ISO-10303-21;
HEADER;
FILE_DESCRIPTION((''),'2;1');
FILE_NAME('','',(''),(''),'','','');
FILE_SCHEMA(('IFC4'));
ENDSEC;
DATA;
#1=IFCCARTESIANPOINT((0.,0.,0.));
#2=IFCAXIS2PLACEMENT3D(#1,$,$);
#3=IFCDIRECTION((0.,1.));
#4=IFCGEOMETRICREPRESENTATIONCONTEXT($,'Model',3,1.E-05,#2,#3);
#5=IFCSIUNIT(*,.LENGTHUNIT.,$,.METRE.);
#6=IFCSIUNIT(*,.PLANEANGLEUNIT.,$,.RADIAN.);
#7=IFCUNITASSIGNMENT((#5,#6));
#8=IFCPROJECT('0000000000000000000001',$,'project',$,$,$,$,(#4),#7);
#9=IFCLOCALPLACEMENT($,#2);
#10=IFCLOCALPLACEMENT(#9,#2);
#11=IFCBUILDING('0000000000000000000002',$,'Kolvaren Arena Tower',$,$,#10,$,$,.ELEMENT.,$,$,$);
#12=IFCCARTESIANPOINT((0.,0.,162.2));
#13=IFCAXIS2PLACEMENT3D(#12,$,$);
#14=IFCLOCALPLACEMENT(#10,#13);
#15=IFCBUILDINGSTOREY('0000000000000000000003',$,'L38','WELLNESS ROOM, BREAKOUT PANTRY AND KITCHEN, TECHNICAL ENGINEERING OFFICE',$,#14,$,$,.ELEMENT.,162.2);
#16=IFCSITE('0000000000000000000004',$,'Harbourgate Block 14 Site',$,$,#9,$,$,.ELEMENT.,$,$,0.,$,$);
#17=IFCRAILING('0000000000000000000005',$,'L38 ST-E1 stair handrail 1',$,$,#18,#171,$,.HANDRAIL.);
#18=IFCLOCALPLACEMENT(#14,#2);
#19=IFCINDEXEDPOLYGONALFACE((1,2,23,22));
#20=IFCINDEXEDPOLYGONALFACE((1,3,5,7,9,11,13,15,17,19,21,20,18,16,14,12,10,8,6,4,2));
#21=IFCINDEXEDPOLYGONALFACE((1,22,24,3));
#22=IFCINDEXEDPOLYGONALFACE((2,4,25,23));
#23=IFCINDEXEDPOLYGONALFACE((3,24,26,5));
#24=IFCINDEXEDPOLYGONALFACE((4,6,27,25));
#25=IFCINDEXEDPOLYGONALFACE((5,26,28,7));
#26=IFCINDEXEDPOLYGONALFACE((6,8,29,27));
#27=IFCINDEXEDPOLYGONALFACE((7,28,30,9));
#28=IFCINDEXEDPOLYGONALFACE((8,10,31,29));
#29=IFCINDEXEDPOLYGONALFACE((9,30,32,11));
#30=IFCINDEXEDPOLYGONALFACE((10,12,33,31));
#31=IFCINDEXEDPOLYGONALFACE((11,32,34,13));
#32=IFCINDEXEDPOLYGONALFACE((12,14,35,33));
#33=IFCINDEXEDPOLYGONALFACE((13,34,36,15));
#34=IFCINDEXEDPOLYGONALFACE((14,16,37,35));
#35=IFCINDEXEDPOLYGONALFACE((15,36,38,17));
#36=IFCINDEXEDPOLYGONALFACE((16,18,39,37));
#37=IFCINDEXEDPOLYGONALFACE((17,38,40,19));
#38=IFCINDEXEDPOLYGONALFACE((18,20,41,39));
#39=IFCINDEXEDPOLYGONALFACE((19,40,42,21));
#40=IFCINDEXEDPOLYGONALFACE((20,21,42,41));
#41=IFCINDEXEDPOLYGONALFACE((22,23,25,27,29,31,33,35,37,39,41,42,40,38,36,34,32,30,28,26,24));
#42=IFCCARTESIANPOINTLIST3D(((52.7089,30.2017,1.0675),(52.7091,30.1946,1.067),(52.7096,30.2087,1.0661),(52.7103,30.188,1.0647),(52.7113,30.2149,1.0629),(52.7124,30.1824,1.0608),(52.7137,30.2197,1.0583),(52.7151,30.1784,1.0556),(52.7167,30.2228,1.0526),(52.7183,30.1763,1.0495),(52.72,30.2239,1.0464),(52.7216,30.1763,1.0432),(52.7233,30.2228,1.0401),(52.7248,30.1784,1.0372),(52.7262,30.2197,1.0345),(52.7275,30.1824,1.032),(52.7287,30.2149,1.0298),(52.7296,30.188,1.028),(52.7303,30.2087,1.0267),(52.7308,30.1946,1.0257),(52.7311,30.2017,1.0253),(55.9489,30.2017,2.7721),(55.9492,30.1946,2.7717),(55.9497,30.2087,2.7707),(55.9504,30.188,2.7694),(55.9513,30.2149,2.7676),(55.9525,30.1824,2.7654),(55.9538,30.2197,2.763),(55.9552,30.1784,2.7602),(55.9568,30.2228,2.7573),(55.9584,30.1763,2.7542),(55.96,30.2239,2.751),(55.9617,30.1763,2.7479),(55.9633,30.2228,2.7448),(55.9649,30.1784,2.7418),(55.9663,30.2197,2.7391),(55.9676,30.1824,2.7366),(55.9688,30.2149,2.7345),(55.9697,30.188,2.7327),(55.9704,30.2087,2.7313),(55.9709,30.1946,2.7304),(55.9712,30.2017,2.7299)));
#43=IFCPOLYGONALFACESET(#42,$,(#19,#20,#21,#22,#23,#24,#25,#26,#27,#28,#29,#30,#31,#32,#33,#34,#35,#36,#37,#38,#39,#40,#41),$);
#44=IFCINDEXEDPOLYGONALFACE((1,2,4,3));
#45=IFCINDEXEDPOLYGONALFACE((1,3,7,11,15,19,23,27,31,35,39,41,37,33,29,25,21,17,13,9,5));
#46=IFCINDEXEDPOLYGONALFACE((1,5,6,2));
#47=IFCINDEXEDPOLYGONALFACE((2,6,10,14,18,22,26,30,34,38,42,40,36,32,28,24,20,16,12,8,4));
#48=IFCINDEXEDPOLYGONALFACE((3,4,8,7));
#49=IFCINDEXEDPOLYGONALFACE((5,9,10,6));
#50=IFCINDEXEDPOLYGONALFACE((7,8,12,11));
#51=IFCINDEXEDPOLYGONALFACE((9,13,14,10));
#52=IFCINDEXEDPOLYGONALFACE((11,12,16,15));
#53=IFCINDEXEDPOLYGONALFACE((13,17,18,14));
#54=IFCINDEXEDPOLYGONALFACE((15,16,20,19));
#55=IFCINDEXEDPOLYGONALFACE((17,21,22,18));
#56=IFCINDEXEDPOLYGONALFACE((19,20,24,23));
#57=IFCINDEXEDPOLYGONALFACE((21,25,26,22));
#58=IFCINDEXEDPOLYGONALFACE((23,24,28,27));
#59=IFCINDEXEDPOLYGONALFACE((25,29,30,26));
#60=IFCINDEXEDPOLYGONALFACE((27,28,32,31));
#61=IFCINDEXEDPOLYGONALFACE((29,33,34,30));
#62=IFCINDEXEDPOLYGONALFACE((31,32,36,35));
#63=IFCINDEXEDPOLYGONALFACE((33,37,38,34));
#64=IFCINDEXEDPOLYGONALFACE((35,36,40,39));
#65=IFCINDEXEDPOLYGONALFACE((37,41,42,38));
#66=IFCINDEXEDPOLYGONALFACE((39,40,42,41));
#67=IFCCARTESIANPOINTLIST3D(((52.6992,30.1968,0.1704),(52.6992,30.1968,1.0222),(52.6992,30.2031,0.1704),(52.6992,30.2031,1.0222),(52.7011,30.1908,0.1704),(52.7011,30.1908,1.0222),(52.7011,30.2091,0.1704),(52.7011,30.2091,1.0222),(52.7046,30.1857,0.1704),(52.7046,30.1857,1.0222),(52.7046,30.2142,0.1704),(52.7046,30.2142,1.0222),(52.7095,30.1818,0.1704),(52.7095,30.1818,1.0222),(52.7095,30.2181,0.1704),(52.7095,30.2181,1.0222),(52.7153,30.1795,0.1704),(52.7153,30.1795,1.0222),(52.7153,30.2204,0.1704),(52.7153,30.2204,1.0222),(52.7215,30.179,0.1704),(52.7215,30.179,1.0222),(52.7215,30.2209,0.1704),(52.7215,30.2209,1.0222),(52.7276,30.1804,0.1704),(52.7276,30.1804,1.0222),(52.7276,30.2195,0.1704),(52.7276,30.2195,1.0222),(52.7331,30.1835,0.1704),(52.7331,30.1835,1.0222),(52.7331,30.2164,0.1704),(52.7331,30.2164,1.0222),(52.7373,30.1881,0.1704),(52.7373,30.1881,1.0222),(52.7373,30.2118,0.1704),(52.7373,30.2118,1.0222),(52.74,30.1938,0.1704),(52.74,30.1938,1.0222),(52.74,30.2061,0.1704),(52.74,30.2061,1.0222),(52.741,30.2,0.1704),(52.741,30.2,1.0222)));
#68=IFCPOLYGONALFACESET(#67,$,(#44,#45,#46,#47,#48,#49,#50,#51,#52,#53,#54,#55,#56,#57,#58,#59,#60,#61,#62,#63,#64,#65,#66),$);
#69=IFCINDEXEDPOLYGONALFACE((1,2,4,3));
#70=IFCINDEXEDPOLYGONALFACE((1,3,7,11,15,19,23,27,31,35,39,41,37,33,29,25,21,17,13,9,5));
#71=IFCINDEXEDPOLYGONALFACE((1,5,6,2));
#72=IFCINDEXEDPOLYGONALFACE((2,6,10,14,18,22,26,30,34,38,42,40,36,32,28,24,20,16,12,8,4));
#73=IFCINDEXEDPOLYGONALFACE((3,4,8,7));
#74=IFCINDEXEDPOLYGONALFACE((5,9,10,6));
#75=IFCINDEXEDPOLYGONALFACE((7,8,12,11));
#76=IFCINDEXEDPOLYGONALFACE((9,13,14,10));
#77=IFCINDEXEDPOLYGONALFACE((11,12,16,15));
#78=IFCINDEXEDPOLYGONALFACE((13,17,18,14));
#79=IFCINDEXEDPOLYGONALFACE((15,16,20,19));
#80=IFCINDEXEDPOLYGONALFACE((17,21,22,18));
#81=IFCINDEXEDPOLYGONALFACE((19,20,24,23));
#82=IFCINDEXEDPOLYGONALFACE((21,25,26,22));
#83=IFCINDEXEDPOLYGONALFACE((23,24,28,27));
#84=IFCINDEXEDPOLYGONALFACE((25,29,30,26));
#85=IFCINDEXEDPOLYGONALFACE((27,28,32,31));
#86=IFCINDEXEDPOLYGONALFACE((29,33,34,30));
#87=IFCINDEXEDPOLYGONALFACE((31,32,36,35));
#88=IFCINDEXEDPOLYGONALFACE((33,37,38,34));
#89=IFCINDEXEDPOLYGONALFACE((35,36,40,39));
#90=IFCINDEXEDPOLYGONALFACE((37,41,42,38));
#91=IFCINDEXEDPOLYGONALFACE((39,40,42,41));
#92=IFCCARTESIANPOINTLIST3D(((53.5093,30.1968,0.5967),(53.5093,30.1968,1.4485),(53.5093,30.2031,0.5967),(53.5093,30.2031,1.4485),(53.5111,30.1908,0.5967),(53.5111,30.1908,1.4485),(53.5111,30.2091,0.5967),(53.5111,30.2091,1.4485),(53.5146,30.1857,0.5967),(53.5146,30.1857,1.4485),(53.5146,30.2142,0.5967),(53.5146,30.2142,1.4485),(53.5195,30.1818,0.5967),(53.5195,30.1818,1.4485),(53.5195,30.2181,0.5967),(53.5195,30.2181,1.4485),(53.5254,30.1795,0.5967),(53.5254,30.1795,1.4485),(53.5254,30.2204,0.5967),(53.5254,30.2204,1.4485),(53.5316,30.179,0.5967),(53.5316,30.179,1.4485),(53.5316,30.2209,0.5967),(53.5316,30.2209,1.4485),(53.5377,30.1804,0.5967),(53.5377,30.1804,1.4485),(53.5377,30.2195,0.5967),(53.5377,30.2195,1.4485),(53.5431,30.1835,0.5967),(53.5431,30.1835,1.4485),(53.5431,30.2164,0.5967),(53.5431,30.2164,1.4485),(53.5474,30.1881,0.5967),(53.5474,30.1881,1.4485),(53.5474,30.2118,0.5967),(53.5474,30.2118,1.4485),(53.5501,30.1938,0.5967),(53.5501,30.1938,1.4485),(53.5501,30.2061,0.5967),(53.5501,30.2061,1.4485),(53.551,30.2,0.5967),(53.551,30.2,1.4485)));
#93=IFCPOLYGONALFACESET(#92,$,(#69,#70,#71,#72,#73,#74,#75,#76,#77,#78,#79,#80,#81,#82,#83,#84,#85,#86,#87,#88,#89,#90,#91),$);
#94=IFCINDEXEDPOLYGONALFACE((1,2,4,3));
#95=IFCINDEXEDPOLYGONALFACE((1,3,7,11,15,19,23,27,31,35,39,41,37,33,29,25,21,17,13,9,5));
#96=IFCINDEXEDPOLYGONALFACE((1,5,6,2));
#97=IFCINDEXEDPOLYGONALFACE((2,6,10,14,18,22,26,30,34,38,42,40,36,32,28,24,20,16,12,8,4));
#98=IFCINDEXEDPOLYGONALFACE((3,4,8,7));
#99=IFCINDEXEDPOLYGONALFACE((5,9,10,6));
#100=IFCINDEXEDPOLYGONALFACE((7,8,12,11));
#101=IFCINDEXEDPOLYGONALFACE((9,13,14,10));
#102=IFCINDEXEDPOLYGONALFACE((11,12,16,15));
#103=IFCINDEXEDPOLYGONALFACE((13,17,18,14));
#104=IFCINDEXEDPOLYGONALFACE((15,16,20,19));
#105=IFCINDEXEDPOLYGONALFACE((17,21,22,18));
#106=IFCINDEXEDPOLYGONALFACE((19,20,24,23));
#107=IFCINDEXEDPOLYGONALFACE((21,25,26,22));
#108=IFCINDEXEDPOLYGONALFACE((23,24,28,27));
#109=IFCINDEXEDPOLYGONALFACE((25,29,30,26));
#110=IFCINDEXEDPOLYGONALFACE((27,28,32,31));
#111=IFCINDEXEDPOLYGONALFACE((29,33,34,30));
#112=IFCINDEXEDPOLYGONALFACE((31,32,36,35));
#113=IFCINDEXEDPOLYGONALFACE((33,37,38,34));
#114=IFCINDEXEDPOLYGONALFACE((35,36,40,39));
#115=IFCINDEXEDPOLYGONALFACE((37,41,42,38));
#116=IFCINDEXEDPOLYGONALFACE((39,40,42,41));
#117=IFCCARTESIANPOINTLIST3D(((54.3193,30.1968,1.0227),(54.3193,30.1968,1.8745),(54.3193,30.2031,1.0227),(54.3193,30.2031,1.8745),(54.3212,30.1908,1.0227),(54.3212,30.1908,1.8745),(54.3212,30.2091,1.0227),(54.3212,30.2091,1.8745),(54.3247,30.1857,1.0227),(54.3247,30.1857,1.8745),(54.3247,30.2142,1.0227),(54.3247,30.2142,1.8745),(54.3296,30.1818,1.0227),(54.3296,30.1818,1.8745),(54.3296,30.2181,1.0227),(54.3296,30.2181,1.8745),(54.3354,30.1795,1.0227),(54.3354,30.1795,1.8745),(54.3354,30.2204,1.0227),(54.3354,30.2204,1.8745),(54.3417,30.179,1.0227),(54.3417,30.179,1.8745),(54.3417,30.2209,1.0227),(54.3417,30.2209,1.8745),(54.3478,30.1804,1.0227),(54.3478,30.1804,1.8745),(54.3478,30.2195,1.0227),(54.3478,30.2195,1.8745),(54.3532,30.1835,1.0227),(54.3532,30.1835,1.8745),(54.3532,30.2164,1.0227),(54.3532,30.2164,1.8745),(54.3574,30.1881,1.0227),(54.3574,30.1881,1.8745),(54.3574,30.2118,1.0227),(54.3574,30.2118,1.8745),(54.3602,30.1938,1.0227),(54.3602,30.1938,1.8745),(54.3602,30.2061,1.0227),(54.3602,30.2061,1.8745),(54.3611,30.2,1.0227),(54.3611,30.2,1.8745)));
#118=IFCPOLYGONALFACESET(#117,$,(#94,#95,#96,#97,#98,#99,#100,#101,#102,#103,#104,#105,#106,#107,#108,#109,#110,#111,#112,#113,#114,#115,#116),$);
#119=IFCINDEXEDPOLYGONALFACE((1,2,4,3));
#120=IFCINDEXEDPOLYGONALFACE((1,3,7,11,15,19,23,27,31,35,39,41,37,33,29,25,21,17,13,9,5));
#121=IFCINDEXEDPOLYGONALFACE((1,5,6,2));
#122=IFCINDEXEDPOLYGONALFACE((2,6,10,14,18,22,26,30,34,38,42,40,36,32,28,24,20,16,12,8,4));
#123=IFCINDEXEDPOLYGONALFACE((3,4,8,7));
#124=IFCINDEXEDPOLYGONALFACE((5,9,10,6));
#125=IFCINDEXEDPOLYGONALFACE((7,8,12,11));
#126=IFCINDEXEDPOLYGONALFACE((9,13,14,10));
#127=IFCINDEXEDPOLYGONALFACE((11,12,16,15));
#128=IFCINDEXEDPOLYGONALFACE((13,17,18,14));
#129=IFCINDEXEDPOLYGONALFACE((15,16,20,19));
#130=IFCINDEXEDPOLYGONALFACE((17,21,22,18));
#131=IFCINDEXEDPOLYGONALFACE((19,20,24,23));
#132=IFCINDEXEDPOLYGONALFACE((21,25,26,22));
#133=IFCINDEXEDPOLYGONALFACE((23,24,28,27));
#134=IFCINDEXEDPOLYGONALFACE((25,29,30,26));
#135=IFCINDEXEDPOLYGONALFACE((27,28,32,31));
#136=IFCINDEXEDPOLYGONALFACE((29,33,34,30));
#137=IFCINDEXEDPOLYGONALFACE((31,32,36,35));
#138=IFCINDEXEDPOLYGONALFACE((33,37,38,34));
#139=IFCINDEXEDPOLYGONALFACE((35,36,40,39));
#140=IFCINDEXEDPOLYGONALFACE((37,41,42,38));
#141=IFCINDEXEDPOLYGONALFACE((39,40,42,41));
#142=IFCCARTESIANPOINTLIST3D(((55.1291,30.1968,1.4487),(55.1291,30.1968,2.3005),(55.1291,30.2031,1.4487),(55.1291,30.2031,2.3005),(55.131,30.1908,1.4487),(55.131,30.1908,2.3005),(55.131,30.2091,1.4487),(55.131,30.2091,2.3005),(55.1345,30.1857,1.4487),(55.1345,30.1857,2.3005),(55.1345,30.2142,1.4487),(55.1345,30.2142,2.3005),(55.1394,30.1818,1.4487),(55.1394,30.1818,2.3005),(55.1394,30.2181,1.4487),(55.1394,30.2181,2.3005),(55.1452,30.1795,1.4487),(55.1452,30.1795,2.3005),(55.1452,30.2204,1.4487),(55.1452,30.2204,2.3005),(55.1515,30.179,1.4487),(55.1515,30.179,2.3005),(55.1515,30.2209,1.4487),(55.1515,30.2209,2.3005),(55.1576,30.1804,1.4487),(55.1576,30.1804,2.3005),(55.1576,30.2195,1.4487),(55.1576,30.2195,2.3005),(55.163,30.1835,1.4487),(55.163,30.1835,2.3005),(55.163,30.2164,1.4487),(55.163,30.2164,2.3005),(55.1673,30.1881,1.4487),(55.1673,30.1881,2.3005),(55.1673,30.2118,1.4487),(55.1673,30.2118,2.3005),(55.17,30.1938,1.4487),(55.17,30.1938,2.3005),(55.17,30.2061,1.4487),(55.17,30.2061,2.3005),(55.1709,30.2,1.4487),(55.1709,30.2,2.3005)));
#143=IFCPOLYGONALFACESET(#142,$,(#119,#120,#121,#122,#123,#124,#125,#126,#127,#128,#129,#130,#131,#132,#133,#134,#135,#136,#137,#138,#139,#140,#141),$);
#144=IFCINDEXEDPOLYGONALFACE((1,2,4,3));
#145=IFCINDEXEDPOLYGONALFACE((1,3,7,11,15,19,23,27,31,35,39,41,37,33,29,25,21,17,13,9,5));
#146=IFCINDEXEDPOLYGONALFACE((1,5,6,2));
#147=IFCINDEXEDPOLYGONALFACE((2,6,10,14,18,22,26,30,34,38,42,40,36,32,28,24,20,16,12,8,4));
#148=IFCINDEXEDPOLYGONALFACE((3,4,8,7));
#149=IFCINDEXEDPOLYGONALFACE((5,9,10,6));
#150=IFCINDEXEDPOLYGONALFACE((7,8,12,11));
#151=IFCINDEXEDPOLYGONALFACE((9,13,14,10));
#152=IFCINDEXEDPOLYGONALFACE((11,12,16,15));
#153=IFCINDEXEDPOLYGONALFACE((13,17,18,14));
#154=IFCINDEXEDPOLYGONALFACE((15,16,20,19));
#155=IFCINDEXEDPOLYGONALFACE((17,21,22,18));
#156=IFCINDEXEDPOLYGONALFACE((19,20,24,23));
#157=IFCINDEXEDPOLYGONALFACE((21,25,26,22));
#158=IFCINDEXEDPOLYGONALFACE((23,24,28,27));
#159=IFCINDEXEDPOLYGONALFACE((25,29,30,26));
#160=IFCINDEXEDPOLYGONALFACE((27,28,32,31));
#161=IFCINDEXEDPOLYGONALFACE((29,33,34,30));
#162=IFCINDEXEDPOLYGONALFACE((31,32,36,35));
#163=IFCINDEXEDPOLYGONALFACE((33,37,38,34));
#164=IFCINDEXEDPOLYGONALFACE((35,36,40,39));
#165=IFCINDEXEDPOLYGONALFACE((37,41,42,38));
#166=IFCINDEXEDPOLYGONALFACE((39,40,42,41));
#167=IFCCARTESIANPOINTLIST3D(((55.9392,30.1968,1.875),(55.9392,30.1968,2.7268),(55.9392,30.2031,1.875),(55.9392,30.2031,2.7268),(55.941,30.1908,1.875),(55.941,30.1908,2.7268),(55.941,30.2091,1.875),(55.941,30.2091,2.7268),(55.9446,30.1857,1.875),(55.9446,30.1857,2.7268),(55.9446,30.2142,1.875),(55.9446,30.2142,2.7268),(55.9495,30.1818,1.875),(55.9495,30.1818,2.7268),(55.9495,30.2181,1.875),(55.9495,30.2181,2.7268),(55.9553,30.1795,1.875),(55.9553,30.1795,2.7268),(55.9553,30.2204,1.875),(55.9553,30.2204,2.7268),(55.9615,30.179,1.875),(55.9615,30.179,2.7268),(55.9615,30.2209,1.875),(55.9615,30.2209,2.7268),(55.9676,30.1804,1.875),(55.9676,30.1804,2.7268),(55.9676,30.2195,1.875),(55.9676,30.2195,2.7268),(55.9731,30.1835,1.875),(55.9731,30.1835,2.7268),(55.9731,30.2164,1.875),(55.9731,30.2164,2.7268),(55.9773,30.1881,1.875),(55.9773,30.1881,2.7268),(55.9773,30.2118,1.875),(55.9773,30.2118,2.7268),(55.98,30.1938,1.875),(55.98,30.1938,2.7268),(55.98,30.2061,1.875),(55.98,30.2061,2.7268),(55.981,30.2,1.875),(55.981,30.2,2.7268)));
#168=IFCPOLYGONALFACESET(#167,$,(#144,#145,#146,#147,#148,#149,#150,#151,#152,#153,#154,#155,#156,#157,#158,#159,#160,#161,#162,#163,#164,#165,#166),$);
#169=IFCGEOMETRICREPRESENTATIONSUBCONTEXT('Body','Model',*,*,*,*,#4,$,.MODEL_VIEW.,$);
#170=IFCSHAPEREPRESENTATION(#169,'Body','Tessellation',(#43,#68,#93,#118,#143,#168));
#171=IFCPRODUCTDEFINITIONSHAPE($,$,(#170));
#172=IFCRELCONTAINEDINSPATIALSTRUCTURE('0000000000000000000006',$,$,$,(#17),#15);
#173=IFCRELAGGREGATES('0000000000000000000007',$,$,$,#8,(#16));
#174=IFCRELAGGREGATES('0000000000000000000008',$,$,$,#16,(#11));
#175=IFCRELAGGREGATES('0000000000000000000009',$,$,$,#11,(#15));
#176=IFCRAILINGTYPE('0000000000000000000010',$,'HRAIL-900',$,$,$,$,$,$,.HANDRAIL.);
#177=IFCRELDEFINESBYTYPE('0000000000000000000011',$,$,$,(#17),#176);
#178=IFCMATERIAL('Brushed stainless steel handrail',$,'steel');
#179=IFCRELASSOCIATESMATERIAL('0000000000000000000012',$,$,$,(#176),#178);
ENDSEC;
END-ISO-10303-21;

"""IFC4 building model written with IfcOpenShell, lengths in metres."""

from ifc_helpers import new_model, si_unit, direction, frame, origin, origin_2d, place, context, subcontext, project, spatial, circle, extrude, material, type_object, element, save


model = new_model("IFC4")

# Units and contexts
model_context = context("Model", 3, precision=1e-05, world=origin(), true_north=direction((0.0, 1.0)))
body_context = subcontext(model_context, "Body", "Model", "MODEL_VIEW")
ifc_project = project(units=[si_unit("LENGTHUNIT", "METRE"), si_unit("PLANEANGLEUNIT", "RADIAN")], contexts=[model_context])

# Site, building, storey
site_placement = place(None, origin())
site = spatial("IfcSite", under=ifc_project, at=site_placement, Name="Harbourgate Block 14 Site", CompositionType="ELEMENT", RefElevation=0.0)
building_placement = place(site_placement, origin())
building = spatial("IfcBuilding", under=site, at=building_placement, Name="Kolvaren Arena Tower", CompositionType="ELEMENT")
storey_placement = place(building_placement, frame((0.0, 0.0, 162.2)))
storey = spatial("IfcBuildingStorey", under=building, at=storey_placement, Name="L38", Description="WELLNESS ROOM, BREAKOUT PANTRY AND KITCHEN, TECHNICAL ENGINEERING OFFICE", CompositionType="ELEMENT", Elevation=162.2)

# Railing
ifc_material_1 = material(Name="Brushed stainless steel handrail", Category="steel")
railing_type_1 = type_object("IfcRailingType", Name="HRAIL-900", PredefinedType="HANDRAIL", material=ifc_material_1)
railing_1_placement = place(storey_placement, frame((52.72, 30.2, 0.1704)))
element("IfcRailing", 1, at=railing_1_placement, inside=storey, type_object=railing_type_1, Name="L38 ST-E1 stair handrail 1", PredefinedType="HANDRAIL", context=body_context, shape_type="SweptSolid", body=[
    extrude(circle(Radius=0.0239, at=origin_2d()), frame((0.0, 0.0, 0.876), z_axis=(0.884993, 0.0, 0.465604), x_axis=(0.0, 1.0, 0.0)), (0.0, 0.0, 1.0), 3.6611),
    extrude(circle(Radius=0.021, at=origin_2d()), origin(), (0.0, 0.0, 1.0), 0.8518),
    extrude(circle(Radius=0.021, at=origin_2d()), frame((0.8101, 0.0, 0.4263)), (0.0, 0.0, 1.0), 0.8518),
    extrude(circle(Radius=0.021, at=origin_2d()), frame((1.6201, 0.0, 0.8523)), (0.0, 0.0, 1.0), 0.8518),
    extrude(circle(Radius=0.021, at=origin_2d()), frame((2.4299, 0.0, 1.2783)), (0.0, 0.0, 1.0), 0.8518),
    extrude(circle(Radius=0.021, at=origin_2d()), frame((3.24, 0.0, 1.7046)), (0.0, 0.0, 1.0), 0.8518),
])

save(model, "model.ifc")
